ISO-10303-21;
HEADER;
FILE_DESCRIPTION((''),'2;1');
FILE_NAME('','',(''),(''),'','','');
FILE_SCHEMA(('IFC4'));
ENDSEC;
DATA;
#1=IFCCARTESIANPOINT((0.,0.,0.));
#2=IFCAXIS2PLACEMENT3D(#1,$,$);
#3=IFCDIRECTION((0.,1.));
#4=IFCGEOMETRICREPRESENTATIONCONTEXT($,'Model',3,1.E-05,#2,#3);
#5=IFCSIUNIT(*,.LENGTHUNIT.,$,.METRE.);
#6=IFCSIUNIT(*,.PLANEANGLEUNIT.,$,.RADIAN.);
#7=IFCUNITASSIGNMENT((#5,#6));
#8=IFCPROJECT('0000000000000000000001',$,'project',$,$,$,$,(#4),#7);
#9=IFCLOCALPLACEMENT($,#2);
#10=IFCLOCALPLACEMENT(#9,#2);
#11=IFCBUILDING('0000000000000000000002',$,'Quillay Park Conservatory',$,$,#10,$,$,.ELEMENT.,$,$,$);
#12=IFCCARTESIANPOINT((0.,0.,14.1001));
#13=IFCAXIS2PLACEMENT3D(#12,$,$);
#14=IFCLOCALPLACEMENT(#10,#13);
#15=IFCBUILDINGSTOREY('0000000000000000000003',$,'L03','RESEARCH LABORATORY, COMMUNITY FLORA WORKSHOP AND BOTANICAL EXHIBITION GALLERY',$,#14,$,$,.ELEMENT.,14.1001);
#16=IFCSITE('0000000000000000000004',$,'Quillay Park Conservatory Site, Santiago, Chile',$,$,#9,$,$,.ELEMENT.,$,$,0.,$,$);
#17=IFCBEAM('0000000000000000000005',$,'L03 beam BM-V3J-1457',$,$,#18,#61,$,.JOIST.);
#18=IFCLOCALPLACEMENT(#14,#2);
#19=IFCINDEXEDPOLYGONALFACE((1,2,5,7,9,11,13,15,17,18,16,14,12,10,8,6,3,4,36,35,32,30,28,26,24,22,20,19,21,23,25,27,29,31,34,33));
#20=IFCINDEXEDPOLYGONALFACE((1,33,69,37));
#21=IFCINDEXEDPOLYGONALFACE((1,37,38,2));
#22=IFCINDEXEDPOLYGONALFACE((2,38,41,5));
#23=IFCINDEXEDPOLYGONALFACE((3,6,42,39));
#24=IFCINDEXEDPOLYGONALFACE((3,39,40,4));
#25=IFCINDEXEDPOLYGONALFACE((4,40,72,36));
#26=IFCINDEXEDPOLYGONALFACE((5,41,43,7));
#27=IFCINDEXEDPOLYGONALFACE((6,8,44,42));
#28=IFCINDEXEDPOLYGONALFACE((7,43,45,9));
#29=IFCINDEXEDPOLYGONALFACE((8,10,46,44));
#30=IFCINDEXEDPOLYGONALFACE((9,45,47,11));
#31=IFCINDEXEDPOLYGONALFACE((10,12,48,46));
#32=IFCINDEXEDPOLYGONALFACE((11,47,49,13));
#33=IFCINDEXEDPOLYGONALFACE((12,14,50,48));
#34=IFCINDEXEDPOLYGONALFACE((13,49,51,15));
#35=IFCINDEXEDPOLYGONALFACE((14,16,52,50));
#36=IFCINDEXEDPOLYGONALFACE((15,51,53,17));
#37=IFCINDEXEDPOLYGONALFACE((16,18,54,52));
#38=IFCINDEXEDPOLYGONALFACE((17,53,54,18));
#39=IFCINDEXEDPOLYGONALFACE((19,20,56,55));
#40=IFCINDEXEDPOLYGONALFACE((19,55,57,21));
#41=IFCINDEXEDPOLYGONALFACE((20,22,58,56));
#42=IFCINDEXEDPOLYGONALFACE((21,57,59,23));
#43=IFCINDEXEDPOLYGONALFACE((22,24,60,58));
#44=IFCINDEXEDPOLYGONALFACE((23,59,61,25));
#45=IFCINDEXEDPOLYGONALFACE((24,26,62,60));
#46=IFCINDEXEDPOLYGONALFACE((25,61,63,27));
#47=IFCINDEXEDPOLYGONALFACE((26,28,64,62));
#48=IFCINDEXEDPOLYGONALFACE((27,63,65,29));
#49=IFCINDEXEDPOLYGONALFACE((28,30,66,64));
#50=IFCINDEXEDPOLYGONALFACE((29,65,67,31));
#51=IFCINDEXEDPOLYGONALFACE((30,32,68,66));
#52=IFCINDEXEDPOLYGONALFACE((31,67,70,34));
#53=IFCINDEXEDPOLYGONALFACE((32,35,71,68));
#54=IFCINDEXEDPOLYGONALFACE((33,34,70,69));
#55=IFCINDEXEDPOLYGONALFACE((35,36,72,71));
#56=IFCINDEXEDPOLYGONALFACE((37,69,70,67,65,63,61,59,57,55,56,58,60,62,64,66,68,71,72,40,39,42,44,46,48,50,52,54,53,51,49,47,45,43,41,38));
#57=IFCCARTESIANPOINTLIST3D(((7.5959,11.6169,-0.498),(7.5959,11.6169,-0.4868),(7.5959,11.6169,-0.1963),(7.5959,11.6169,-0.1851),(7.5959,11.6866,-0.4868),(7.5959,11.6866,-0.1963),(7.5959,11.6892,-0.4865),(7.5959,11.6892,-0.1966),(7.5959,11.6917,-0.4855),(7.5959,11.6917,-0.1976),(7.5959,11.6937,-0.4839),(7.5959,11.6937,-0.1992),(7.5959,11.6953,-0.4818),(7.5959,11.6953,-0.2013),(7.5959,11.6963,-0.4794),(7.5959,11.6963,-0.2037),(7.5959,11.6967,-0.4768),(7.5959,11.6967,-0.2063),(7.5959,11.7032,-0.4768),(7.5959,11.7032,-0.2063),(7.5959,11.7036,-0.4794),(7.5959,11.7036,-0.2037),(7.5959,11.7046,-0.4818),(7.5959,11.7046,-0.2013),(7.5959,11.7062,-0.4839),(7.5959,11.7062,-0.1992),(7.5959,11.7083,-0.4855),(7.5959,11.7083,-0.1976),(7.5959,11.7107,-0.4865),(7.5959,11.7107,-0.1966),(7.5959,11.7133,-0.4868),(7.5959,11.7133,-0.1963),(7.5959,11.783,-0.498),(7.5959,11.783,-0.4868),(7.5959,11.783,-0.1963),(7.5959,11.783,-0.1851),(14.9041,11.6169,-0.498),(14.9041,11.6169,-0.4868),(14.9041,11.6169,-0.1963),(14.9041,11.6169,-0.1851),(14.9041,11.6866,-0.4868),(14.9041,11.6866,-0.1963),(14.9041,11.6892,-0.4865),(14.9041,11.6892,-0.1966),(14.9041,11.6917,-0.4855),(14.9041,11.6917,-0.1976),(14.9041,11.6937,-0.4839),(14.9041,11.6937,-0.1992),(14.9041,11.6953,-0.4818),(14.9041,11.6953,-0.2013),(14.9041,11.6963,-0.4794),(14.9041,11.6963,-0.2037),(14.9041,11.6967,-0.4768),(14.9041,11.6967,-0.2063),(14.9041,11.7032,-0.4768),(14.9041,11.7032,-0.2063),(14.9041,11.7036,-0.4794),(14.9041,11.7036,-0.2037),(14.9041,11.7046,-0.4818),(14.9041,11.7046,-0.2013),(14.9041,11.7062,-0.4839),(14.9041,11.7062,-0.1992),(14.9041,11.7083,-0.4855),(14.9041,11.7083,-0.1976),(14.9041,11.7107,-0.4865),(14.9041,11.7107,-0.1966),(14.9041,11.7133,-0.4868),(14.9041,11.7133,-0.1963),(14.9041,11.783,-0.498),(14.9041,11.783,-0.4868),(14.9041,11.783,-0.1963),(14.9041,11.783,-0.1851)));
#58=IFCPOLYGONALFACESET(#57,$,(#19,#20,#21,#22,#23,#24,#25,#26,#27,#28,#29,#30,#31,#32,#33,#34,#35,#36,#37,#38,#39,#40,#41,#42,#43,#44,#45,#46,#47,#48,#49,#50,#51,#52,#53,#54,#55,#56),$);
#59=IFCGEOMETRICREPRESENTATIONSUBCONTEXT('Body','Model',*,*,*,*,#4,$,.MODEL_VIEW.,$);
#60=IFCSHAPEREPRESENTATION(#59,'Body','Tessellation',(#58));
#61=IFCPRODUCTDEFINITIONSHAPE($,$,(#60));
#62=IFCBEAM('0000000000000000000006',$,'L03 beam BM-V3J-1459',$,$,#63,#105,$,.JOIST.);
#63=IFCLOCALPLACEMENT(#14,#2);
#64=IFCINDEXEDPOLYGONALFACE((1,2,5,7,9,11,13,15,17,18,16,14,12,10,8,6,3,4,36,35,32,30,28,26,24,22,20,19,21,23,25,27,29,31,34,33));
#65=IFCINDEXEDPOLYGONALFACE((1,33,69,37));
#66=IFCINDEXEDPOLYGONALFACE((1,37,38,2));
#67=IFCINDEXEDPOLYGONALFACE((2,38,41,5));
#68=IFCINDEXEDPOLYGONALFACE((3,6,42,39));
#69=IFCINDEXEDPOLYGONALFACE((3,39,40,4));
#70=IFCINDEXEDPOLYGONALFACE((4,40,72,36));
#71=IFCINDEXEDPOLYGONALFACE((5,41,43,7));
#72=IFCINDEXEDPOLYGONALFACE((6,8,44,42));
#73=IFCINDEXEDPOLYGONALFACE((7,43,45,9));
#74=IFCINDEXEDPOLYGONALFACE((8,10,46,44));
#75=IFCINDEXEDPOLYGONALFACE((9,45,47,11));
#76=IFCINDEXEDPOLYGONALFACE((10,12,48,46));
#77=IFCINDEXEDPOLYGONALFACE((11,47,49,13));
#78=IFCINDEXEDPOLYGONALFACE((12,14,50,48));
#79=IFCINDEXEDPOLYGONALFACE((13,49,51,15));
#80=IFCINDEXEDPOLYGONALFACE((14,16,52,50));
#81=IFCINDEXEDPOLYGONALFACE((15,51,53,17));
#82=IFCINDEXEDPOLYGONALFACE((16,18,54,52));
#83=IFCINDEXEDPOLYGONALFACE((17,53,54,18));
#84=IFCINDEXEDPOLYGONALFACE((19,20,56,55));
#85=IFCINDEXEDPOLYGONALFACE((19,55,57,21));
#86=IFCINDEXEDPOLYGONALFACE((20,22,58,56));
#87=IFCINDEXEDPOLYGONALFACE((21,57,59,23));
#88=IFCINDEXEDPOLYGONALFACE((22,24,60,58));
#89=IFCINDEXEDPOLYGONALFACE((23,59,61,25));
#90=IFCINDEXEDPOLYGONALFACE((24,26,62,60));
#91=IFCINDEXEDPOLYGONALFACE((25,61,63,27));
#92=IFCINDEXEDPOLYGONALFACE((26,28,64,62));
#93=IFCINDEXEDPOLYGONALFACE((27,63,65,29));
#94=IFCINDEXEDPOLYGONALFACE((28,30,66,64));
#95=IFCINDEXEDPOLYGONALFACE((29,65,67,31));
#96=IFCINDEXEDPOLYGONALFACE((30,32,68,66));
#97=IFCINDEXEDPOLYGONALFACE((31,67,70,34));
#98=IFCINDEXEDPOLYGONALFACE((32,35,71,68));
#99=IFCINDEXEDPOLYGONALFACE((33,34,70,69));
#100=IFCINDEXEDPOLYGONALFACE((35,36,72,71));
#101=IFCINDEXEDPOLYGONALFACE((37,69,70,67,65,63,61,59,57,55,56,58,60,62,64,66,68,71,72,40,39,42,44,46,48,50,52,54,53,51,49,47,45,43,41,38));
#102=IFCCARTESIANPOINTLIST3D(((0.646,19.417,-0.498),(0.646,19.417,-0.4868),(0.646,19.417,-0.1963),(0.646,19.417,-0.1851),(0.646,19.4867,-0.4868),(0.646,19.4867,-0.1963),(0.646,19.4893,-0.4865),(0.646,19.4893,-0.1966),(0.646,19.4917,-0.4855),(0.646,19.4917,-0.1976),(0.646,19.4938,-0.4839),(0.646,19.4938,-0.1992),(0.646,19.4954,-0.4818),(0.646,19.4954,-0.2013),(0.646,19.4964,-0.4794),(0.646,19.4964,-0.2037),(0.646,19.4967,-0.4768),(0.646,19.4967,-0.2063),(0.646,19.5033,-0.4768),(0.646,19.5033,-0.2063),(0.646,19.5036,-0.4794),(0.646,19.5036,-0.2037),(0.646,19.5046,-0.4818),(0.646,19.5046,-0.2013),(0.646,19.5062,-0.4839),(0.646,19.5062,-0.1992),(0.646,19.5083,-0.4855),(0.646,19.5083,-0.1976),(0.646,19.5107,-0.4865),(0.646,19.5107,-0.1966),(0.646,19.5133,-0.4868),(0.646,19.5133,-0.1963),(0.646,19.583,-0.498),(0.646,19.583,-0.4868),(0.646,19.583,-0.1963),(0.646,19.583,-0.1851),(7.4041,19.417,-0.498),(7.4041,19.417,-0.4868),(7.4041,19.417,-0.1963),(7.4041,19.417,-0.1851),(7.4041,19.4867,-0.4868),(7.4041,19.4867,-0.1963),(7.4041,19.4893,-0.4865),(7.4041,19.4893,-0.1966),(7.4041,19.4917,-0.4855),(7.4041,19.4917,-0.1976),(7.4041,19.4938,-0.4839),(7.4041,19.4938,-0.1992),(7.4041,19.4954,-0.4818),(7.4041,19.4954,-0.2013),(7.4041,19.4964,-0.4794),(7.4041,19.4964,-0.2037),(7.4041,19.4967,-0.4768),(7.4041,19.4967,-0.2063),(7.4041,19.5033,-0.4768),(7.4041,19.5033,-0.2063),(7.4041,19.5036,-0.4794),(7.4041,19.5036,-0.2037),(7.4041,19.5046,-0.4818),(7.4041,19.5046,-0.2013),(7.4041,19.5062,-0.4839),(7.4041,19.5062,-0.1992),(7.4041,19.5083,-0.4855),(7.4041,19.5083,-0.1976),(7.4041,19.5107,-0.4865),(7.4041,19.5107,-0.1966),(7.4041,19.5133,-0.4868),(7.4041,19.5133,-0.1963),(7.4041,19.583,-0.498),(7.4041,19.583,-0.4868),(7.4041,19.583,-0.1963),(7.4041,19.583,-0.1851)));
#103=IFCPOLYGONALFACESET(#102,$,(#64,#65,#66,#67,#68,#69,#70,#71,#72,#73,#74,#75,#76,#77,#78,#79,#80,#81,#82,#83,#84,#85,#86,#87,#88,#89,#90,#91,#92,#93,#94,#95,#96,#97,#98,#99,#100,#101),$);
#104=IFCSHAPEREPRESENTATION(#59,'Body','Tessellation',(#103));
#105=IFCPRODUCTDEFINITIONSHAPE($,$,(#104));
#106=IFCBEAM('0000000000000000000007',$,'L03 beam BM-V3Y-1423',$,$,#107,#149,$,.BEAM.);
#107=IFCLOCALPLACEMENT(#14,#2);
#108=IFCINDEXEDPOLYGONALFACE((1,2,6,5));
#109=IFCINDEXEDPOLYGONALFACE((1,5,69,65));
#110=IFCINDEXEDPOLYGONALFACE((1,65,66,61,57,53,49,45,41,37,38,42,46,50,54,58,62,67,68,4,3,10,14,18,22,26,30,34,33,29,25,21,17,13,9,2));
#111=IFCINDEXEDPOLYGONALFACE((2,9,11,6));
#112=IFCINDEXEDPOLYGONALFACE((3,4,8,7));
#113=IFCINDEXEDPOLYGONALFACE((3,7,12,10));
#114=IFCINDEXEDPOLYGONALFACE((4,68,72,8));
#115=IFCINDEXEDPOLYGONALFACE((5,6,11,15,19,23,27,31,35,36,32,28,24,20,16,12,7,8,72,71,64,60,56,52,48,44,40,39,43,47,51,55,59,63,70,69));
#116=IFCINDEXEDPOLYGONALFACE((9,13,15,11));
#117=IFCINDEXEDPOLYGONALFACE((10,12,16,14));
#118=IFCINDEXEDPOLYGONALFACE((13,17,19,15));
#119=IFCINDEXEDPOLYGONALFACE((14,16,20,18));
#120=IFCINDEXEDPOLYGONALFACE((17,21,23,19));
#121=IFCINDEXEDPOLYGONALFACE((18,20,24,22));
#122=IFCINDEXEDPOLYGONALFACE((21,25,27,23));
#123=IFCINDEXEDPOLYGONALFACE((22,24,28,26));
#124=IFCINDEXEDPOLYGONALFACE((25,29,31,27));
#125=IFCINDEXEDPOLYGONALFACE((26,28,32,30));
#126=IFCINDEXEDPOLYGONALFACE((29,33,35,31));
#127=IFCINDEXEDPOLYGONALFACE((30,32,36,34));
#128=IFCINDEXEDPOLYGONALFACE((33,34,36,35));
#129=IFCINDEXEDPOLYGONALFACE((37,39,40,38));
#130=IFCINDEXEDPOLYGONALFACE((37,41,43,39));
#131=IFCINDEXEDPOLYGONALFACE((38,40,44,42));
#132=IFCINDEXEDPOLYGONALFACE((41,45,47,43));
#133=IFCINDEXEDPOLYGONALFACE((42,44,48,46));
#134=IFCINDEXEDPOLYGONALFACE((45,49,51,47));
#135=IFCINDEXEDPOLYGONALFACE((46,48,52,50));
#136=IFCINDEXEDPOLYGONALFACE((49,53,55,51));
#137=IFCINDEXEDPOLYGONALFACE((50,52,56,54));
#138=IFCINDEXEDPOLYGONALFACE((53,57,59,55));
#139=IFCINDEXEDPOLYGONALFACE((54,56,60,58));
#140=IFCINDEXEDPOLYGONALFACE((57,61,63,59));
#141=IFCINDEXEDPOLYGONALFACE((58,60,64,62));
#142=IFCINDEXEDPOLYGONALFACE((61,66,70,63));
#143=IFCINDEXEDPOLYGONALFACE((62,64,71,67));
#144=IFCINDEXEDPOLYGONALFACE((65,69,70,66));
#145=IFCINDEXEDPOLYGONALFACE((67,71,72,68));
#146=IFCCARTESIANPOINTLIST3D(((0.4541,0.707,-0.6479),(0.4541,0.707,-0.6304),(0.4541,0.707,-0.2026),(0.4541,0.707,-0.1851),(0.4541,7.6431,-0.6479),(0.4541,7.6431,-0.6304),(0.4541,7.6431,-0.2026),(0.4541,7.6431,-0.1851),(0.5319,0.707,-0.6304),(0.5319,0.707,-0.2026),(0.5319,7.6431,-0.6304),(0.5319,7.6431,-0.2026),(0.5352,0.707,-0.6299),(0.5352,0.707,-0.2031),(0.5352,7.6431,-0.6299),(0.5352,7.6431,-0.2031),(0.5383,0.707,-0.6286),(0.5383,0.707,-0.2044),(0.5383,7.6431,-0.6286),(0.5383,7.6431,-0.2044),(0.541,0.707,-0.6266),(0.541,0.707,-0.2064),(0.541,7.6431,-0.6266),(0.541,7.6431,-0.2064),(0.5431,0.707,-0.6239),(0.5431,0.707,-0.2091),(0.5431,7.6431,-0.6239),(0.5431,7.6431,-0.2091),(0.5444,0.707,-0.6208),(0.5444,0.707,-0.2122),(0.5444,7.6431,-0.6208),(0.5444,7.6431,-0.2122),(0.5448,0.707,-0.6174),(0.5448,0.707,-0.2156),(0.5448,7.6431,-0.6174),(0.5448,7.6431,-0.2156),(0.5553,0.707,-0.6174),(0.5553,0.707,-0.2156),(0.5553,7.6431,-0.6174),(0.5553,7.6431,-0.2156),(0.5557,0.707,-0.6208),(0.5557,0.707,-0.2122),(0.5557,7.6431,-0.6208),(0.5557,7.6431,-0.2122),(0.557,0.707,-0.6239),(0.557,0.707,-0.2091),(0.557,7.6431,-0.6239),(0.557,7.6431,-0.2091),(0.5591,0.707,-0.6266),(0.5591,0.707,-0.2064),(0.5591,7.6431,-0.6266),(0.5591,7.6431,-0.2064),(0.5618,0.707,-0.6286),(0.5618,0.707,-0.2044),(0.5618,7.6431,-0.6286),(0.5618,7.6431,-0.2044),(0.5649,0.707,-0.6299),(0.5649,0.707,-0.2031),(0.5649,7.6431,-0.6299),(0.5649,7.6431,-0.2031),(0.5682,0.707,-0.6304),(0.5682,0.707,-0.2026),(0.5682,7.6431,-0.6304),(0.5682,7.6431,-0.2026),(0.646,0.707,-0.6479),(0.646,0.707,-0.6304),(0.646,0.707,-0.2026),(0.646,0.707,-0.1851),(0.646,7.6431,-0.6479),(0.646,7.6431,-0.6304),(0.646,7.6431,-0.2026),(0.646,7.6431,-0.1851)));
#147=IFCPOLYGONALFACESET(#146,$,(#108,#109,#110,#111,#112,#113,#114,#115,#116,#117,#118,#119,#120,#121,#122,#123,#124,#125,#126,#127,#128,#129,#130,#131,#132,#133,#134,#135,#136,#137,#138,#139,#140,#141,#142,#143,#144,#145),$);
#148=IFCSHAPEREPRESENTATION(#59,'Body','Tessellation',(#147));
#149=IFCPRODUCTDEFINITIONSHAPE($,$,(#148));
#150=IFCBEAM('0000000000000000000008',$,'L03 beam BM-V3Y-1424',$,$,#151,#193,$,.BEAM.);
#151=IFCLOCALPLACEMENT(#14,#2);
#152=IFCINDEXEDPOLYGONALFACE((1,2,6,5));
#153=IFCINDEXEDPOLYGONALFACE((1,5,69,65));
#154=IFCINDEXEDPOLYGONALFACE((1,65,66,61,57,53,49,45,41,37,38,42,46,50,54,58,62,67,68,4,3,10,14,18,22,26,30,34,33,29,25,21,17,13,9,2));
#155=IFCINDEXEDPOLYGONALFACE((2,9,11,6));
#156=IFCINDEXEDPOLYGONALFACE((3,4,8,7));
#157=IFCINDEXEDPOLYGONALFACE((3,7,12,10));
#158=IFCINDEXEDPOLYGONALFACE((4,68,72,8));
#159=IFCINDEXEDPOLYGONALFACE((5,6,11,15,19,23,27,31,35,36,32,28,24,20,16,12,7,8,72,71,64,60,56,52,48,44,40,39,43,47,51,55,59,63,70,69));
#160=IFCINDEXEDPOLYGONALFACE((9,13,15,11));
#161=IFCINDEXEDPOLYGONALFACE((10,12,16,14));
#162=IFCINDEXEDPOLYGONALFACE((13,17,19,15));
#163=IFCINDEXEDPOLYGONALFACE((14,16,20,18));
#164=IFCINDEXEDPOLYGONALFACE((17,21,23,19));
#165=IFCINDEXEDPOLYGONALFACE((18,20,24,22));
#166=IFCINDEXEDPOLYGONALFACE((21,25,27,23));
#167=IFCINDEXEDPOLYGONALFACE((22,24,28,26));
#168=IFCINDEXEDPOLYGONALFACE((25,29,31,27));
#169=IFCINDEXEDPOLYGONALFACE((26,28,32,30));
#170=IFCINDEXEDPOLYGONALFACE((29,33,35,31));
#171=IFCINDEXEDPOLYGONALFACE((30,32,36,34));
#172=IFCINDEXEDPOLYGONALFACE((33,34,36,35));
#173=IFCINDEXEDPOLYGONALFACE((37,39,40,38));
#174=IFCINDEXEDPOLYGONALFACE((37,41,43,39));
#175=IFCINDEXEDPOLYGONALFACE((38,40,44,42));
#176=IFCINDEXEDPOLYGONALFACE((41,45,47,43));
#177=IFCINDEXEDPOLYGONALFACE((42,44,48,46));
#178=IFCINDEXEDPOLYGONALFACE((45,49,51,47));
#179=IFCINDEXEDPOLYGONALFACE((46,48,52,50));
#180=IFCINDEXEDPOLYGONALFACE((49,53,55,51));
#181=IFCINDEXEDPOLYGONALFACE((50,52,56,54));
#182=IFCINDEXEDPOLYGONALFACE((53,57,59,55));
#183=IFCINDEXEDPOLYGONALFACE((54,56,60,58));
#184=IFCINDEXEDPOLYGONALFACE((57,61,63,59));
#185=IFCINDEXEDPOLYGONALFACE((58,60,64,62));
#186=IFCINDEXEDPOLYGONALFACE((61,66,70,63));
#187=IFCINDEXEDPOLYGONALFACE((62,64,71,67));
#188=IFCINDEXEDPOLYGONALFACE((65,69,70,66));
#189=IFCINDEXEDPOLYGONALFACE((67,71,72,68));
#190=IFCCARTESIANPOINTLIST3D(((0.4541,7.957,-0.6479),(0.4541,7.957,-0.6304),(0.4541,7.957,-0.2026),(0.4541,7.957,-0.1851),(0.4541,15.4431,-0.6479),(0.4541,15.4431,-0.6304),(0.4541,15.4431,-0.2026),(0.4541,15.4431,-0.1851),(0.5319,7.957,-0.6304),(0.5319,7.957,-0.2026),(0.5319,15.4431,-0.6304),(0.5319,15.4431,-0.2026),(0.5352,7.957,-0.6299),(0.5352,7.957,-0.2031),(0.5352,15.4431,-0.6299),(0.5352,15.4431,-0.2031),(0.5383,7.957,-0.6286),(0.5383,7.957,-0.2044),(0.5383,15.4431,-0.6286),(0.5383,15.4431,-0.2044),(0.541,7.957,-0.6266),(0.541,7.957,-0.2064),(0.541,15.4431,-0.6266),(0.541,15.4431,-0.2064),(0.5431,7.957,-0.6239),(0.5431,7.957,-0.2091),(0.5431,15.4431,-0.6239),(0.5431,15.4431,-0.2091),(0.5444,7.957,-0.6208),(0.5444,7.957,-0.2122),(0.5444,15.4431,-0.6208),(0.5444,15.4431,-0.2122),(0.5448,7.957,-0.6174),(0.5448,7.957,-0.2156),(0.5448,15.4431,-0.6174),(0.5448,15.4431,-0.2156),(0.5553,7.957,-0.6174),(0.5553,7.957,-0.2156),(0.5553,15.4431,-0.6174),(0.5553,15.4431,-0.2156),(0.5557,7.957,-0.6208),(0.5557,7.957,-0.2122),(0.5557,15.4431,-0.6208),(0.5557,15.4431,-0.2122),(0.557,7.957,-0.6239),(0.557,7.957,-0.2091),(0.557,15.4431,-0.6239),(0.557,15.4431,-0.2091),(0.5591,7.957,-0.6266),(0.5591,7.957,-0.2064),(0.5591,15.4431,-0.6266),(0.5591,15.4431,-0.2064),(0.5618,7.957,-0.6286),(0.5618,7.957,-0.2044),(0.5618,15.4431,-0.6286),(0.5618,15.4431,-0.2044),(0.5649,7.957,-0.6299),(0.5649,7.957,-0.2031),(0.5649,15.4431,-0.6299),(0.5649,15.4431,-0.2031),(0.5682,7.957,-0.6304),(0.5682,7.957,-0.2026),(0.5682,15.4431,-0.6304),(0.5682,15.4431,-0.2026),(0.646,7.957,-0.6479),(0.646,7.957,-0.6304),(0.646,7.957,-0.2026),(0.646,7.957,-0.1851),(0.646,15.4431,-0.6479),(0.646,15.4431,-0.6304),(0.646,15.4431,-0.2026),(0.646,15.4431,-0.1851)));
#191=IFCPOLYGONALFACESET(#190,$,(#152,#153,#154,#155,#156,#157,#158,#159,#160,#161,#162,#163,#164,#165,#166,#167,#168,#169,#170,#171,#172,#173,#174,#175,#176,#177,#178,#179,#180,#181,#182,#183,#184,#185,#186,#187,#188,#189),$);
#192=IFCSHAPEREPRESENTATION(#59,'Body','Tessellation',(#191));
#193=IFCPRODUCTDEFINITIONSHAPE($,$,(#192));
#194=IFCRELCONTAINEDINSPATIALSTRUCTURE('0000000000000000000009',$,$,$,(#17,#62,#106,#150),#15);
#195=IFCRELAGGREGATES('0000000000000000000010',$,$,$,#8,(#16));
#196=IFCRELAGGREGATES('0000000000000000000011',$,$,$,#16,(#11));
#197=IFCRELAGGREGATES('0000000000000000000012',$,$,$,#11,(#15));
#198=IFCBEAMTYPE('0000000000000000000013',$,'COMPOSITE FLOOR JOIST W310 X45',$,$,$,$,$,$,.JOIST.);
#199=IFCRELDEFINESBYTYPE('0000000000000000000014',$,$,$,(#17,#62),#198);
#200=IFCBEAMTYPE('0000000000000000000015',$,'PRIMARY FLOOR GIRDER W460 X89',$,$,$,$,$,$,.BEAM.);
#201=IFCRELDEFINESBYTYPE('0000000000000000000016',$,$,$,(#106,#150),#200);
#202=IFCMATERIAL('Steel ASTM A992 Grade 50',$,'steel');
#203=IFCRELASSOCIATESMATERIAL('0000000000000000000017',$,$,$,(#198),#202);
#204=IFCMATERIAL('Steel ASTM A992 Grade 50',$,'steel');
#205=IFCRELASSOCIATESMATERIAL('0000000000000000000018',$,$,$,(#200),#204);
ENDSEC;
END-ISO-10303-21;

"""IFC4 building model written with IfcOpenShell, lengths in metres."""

from ifc_helpers import new_model, si_unit, direction, frame, origin, origin_2d, place, context, subcontext, project, spatial, i_section, extrude, material, material_profile, profile_set, type_object, element, save


model = new_model("IFC4")

# Units and contexts
model_context = context("Model", 3, precision=1e-05, world=origin(), true_north=direction((0.0, 1.0)))
body_context = subcontext(model_context, "Body", "Model", "MODEL_VIEW")
ifc_project = project(units=[si_unit("LENGTHUNIT", "METRE"), si_unit("PLANEANGLEUNIT", "RADIAN")], contexts=[model_context])

# Site, building, storey
site_placement = place(None, origin())
site = spatial("IfcSite", under=ifc_project, at=site_placement, Name="Quillay Park Conservatory Site, Santiago, Chile", CompositionType="ELEMENT", RefElevation=0.0)
building_placement = place(site_placement, origin())
building = spatial("IfcBuilding", under=site, at=building_placement, Name="Quillay Park Conservatory", CompositionType="ELEMENT")
storey_placement = place(building_placement, frame((0.0, 0.0, 14.1001)))
storey = spatial("IfcBuildingStorey", under=building, at=storey_placement, Name="L03", Description="RESEARCH LABORATORY, COMMUNITY FLORA WORKSHOP AND BOTANICAL EXHIBITION GALLERY", CompositionType="ELEMENT", Elevation=14.1001)

# Beams
ifc_material_1 = material(Name="Steel ASTM A992 Grade 50", Category="steel")
ifc_material_profile_1 = material_profile(ifc_material_1, i_section(OverallWidth=0.166, OverallDepth=0.313, WebThickness=0.0066, FlangeThickness=0.0112, FilletRadius=0.01, at=origin_2d()), Name="W310x45")
ifc_profile_set_1 = profile_set([ifc_material_profile_1], Name="Steel ASTM A992 Grade 50")
beam_type_1 = type_object("IfcBeamType", Name="COMPOSITE FLOOR JOIST W310 X45", PredefinedType="JOIST", material=ifc_profile_set_1)
beam_1_placement = place(storey_placement, frame((7.5959, 11.7, -0.3416), z_axis=(1.0, 0.0, 0.0), x_axis=(0.0, 1.0, 0.0)))
element("IfcBeam", 1, at=beam_1_placement, inside=storey, type_object=beam_type_1, Name="L03 beam BM-V3J-1457", PredefinedType="JOIST", context=body_context, shape_type="SweptSolid", body=[
    extrude(i_section(OverallWidth=0.166, OverallDepth=0.313, WebThickness=0.0066, FlangeThickness=0.0112, FilletRadius=0.01, at=origin_2d()), origin(), (0.0, 0.0, 1.0), 7.3081),
])
beam_2_placement = place(storey_placement, frame((0.646, 19.5, -0.3416), z_axis=(1.0, 0.0, 0.0), x_axis=(0.0, 1.0, 0.0)))
element("IfcBeam", 2, at=beam_2_placement, inside=storey, type_object=beam_type_1, Name="L03 beam BM-V3J-1459", PredefinedType="JOIST", context=body_context, shape_type="SweptSolid", body=[
    extrude(i_section(OverallWidth=0.166, OverallDepth=0.313, WebThickness=0.0066, FlangeThickness=0.0112, FilletRadius=0.01, at=origin_2d()), origin(), (0.0, 0.0, 1.0), 6.7581),
])
ifc_material_2 = material(Name="Steel ASTM A992 Grade 50", Category="steel")
ifc_material_profile_2 = material_profile(ifc_material_2, i_section(OverallWidth=0.1919, OverallDepth=0.4629, WebThickness=0.0105, FlangeThickness=0.0176, FilletRadius=0.0129, at=origin_2d()), Name="W460x89")
ifc_profile_set_2 = profile_set([ifc_material_profile_2], Name="Steel ASTM A992 Grade 50")
beam_type_2 = type_object("IfcBeamType", Name="PRIMARY FLOOR GIRDER W460 X89", PredefinedType="BEAM", material=ifc_profile_set_2)
beam_3_placement = place(storey_placement, frame((0.55, 0.707, -0.4165), z_axis=(0.0, 1.0, 0.0), x_axis=(-1.0, 0.0, 0.0)))
element("IfcBeam", 3, at=beam_3_placement, inside=storey, type_object=beam_type_2, Name="L03 beam BM-V3Y-1423", PredefinedType="BEAM", context=body_context, shape_type="SweptSolid", body=[
    extrude(i_section(OverallWidth=0.1919, OverallDepth=0.4629, WebThickness=0.0105, FlangeThickness=0.0176, FilletRadius=0.0129, at=origin_2d()), origin(), (0.0, 0.0, 1.0), 6.936),
])
beam_4_placement = place(storey_placement, frame((0.55, 7.957, -0.4165), z_axis=(0.0, 1.0, 0.0), x_axis=(-1.0, 0.0, 0.0)))
element("IfcBeam", 4, at=beam_4_placement, inside=storey, type_object=beam_type_2, Name="L03 beam BM-V3Y-1424", PredefinedType="BEAM", context=body_context, shape_type="SweptSolid", body=[
    extrude(i_section(OverallWidth=0.1919, OverallDepth=0.4629, WebThickness=0.0105, FlangeThickness=0.0176, FilletRadius=0.0129, at=origin_2d()), origin(), (0.0, 0.0, 1.0), 7.4861),
])

save(model, "model.ifc")
